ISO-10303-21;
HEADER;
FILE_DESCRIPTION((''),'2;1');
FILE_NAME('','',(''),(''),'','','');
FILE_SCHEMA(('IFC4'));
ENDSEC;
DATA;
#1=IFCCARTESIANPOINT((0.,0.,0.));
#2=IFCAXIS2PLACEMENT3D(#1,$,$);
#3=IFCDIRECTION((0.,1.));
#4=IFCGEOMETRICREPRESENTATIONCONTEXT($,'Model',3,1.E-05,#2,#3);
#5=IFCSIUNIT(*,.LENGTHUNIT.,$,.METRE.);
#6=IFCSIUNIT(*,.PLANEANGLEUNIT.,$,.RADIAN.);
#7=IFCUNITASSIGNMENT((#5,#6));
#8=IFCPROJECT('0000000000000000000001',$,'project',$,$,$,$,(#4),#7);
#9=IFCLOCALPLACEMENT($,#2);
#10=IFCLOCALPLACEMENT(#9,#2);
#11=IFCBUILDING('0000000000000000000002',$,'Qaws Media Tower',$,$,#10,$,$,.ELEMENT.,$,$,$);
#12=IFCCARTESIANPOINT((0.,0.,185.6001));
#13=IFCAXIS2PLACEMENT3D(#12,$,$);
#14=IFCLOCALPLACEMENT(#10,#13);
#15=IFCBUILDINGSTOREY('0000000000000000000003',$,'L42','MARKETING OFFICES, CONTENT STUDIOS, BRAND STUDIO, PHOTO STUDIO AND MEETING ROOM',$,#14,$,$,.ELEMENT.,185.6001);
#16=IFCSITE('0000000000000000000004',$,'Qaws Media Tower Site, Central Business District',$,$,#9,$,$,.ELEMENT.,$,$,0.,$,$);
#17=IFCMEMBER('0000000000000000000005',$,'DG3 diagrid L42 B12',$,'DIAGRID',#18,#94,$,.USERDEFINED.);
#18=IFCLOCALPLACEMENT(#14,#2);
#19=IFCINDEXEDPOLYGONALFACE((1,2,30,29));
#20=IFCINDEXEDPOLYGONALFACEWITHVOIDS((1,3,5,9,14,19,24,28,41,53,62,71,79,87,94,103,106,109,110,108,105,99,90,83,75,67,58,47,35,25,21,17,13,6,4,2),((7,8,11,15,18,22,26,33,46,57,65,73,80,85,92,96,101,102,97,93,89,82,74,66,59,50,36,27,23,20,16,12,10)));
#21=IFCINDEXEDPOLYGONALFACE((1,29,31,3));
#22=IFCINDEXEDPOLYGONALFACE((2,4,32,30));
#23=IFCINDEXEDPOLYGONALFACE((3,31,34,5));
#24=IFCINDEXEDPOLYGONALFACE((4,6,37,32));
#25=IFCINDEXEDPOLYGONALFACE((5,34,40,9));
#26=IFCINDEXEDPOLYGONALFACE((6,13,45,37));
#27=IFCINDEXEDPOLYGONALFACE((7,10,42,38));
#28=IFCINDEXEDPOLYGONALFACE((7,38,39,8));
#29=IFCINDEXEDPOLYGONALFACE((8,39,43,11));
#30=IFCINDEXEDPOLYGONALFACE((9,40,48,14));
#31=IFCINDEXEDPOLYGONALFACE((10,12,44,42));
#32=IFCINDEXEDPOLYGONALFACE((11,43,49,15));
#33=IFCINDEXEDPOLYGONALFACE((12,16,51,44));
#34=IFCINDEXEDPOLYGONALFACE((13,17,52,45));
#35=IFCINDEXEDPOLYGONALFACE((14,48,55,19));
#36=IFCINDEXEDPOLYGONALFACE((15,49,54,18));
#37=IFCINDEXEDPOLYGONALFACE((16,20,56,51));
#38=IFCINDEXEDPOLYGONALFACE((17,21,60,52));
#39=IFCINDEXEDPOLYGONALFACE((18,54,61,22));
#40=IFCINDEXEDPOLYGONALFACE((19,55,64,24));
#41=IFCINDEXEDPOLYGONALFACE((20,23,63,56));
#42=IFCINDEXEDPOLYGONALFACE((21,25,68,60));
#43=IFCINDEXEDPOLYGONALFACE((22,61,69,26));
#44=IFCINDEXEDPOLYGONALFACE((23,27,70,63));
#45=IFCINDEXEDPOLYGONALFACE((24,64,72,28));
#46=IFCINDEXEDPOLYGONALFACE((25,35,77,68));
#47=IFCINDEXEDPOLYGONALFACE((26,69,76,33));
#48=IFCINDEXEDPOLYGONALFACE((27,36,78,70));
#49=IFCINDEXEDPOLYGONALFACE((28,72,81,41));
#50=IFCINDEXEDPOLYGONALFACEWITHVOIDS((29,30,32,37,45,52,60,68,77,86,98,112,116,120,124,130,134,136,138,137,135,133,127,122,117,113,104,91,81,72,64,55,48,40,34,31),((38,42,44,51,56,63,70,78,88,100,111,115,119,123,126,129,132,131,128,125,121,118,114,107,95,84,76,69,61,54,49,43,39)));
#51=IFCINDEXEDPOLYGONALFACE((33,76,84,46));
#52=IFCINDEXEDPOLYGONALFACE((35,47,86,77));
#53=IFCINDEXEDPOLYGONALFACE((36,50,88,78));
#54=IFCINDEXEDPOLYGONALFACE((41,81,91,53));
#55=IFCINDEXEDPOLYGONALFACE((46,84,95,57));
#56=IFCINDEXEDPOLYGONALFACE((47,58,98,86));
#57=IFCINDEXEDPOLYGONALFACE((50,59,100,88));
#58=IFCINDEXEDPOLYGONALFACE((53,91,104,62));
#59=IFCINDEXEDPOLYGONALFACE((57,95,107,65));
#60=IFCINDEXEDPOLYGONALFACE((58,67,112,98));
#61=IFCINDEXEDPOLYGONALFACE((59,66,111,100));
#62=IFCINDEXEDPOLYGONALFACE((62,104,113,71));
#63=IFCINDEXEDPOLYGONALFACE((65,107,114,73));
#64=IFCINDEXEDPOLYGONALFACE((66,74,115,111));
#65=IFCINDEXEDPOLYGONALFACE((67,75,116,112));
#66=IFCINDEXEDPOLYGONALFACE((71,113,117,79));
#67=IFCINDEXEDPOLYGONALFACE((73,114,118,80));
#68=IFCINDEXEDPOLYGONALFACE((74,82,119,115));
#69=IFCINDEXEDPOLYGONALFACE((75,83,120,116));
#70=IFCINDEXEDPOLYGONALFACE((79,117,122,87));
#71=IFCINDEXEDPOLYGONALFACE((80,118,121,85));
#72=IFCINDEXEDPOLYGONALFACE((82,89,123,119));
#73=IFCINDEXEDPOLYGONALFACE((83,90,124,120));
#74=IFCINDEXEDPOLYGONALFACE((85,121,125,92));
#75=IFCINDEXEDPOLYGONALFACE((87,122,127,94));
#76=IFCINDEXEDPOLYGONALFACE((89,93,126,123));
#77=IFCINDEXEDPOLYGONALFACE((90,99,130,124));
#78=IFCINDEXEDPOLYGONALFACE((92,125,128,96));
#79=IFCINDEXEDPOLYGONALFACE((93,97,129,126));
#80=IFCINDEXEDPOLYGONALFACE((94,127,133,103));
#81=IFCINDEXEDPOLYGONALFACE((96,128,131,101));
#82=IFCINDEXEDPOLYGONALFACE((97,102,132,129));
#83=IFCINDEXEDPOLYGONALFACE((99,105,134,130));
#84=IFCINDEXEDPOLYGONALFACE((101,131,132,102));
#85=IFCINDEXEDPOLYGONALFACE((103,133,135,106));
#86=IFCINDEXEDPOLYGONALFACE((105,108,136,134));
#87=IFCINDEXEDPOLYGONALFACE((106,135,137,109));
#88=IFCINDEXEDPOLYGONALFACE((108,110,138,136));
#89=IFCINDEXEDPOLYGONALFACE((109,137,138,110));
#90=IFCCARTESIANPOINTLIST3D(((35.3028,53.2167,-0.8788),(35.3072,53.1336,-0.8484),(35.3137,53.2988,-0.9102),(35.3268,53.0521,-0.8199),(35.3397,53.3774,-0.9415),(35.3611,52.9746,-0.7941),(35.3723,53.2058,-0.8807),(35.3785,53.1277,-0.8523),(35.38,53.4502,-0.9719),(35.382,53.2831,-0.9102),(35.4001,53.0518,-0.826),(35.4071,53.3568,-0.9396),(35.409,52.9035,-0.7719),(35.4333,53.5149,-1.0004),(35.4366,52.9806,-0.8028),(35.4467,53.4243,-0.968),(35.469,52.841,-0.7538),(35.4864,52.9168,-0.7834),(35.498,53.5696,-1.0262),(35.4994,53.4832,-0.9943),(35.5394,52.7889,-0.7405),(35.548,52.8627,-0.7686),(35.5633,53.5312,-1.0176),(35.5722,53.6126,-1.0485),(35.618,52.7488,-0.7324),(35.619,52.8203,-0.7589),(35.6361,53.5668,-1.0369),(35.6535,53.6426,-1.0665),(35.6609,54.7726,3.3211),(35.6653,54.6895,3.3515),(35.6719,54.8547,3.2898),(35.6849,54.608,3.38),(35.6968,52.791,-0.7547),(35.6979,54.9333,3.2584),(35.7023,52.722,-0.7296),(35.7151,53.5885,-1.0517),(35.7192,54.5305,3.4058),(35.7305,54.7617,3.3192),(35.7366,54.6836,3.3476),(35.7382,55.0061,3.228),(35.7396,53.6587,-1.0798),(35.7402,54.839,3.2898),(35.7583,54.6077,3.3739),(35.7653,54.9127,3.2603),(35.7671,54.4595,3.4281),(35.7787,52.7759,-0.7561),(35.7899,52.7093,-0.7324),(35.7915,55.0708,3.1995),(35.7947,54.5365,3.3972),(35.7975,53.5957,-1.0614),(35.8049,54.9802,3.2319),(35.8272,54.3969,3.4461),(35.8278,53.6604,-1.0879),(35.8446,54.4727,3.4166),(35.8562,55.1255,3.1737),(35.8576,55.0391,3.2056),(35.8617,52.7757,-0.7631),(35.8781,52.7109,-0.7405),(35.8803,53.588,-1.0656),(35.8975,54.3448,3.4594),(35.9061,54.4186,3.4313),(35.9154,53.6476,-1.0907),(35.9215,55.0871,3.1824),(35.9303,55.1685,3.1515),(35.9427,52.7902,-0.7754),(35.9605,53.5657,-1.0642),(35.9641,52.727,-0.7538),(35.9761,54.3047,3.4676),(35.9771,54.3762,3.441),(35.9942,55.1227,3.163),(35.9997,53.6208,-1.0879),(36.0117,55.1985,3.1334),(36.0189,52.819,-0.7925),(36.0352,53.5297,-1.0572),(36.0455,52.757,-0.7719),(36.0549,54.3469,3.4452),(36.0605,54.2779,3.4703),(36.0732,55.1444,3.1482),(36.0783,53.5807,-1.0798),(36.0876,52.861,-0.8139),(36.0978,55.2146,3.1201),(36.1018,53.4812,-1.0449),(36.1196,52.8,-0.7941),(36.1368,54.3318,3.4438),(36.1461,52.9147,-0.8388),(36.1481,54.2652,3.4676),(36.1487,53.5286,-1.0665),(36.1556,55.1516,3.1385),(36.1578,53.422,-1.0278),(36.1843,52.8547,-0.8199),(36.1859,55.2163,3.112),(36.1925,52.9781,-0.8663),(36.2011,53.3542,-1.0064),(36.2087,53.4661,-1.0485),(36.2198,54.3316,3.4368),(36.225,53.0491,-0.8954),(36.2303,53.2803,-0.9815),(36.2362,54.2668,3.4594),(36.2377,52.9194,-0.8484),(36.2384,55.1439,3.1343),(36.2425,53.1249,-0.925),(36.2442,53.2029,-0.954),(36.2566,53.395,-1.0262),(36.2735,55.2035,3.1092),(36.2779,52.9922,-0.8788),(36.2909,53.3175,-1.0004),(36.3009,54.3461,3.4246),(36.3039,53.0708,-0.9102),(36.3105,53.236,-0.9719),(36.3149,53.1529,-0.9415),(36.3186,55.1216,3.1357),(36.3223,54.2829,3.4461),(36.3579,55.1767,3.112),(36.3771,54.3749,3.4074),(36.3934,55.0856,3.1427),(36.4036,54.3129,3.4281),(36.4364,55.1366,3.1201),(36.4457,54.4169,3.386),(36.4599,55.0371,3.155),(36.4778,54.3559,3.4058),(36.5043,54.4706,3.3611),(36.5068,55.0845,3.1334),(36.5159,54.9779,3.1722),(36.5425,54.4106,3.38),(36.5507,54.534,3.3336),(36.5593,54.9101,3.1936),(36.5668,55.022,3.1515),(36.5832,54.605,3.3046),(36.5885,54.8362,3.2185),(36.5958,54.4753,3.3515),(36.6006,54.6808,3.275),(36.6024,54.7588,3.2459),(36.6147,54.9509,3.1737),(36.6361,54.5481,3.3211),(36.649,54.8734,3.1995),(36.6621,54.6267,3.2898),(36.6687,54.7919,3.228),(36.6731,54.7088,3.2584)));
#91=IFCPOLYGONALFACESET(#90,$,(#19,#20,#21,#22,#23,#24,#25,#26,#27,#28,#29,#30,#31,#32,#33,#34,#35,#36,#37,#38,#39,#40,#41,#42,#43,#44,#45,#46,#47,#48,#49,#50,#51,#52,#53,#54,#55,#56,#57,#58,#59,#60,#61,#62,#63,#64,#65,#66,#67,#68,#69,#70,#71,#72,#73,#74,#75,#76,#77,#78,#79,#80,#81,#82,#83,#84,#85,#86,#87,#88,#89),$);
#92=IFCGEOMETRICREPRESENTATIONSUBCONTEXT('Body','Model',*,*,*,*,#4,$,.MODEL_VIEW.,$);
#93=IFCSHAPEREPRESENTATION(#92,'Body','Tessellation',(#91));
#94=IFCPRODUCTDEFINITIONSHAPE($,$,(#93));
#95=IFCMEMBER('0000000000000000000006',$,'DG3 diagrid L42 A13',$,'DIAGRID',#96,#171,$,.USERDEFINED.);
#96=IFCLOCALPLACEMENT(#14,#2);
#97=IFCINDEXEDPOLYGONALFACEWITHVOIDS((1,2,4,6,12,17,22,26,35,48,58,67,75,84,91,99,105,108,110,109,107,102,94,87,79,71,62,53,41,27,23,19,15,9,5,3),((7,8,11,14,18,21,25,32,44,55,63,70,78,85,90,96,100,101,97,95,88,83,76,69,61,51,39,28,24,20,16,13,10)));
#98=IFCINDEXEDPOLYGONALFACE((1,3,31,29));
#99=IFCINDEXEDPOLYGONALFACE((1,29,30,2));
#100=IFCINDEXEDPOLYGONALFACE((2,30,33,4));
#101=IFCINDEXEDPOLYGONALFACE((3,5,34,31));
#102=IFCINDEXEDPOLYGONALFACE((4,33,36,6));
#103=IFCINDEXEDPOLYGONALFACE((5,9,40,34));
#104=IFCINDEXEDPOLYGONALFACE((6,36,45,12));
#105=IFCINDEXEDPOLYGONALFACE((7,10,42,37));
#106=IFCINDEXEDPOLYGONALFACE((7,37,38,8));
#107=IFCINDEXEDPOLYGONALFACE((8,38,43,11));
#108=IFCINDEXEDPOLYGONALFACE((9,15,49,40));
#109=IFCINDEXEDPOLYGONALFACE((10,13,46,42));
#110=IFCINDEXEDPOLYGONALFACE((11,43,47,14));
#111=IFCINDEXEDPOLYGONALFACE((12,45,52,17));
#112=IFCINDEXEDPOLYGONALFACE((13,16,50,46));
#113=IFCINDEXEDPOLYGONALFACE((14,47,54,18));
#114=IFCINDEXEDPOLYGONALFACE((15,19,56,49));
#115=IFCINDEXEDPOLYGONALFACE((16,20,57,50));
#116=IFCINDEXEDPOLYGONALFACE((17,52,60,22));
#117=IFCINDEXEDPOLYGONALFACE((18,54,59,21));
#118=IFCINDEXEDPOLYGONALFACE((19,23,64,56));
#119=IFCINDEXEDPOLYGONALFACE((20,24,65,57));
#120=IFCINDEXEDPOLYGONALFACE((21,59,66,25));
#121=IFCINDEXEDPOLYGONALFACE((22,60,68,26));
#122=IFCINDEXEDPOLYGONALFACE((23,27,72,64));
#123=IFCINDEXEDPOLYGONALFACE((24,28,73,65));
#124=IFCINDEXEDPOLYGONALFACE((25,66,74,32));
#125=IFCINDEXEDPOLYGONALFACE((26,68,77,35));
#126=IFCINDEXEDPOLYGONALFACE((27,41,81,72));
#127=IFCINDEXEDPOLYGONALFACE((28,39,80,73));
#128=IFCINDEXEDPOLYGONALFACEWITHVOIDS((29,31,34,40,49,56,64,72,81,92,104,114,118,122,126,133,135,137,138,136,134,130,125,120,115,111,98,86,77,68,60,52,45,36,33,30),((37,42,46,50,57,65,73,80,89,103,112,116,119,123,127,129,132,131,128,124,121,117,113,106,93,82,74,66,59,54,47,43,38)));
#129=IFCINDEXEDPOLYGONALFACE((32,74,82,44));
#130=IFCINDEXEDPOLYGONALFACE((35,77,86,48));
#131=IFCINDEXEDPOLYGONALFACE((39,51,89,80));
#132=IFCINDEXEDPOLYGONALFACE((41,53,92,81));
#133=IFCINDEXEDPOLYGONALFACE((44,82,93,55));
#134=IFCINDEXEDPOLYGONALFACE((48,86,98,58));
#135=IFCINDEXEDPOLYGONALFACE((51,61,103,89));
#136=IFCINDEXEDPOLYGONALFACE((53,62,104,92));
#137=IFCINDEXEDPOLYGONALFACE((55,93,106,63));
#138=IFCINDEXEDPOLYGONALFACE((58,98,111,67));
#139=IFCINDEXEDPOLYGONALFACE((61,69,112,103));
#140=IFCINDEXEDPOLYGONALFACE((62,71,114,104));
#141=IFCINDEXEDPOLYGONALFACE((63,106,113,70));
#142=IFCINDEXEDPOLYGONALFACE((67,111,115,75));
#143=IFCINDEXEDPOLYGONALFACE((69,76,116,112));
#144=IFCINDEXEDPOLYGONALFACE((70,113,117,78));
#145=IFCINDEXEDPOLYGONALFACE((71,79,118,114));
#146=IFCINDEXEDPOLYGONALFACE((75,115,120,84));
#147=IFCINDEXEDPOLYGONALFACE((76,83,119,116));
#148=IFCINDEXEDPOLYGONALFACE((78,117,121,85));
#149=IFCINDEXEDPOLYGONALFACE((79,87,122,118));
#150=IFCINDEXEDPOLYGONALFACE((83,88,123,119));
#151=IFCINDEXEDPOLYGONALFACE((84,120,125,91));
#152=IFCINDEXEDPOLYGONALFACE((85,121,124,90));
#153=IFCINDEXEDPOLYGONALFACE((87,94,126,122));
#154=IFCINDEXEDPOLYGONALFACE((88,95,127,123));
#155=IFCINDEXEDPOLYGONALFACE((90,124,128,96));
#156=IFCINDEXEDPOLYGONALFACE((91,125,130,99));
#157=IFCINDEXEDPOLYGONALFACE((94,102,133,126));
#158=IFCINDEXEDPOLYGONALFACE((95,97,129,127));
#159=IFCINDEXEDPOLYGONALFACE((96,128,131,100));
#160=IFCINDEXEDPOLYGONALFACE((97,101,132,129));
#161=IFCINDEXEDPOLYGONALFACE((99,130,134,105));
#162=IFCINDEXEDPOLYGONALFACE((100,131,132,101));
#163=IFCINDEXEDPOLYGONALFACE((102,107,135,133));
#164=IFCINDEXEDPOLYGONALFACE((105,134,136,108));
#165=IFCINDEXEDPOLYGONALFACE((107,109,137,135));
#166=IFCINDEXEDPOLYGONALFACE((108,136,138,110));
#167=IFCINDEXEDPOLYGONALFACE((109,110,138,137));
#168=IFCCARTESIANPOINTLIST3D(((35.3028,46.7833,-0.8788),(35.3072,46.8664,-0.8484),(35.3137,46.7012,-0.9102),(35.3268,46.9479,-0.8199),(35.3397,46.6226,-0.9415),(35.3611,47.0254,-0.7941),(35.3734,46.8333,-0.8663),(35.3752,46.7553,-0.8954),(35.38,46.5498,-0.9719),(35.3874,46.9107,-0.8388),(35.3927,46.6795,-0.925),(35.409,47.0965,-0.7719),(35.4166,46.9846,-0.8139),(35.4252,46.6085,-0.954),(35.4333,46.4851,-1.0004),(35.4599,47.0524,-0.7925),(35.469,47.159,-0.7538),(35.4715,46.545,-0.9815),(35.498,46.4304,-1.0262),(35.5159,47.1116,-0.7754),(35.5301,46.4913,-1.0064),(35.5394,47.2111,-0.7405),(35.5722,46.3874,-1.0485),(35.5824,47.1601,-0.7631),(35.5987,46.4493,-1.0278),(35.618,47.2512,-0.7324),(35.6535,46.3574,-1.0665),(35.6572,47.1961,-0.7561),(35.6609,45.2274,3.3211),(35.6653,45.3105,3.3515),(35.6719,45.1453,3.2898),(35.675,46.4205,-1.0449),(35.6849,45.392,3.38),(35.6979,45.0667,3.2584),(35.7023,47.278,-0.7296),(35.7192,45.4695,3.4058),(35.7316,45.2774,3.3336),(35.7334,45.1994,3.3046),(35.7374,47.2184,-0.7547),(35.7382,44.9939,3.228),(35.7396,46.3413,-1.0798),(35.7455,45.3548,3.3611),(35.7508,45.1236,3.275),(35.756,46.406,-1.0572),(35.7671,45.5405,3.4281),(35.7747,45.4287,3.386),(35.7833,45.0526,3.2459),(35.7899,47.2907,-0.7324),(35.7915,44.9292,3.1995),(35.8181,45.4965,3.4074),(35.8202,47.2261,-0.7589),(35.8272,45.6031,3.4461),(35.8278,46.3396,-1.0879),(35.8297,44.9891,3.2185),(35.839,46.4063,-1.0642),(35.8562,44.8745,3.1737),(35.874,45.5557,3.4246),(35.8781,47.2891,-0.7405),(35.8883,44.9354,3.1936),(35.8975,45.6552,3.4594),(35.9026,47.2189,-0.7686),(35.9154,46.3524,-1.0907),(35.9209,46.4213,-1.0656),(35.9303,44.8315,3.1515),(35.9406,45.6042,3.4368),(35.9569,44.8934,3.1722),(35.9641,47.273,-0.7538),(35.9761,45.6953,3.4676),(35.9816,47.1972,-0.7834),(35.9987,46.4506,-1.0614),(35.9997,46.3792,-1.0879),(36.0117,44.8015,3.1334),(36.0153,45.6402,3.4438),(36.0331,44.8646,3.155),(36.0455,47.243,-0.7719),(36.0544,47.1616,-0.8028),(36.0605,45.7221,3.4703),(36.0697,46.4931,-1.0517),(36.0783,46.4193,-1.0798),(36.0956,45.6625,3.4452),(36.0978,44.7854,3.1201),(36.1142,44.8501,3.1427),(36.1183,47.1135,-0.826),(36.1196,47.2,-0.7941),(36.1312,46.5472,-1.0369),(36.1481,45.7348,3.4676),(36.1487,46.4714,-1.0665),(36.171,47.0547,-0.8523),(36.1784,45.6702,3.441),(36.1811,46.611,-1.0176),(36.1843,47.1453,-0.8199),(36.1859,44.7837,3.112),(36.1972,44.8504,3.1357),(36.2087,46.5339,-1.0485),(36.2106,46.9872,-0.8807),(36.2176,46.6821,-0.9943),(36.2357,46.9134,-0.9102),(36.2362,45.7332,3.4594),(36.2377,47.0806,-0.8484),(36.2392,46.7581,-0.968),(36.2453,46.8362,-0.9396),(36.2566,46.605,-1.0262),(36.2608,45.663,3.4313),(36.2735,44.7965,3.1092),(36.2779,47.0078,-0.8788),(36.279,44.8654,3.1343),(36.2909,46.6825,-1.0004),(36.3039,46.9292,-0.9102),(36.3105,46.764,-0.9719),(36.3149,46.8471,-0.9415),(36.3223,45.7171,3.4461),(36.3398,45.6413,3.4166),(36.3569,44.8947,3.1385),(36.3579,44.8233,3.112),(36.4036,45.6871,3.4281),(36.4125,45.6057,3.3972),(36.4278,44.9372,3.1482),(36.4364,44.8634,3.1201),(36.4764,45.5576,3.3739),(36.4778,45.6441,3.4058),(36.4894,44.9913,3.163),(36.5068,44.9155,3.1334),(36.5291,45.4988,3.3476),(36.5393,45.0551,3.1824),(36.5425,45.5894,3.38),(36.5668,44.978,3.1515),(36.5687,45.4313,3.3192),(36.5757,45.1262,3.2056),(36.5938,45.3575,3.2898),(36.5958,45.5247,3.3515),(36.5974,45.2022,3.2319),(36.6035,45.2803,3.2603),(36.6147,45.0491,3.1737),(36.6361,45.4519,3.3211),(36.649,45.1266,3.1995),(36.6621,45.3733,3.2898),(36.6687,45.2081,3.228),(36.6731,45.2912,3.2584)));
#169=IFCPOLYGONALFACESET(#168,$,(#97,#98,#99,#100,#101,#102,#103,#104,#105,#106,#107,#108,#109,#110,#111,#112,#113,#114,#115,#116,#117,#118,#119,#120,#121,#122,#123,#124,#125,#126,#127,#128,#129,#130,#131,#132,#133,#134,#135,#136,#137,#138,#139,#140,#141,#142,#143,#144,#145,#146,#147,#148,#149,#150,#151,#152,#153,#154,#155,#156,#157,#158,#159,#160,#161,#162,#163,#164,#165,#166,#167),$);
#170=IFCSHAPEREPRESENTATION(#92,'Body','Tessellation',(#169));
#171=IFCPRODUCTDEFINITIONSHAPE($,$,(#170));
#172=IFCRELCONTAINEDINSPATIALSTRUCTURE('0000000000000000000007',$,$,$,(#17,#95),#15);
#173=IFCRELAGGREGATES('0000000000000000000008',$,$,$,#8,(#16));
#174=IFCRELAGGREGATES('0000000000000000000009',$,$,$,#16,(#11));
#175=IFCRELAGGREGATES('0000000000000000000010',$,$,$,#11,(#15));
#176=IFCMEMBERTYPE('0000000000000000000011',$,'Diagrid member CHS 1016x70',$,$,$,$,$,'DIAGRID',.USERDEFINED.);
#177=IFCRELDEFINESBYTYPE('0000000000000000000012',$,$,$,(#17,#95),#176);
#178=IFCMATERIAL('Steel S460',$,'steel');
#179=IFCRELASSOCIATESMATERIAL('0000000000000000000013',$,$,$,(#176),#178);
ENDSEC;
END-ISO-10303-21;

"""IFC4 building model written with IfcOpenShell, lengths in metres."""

from ifc_helpers import new_model, si_unit, direction, frame, origin, origin_2d, place, context, subcontext, project, spatial, hollow_circle, extrude, material, material_profile, profile_set, type_object, element, save


model = new_model("IFC4")

# Units and contexts
model_context = context("Model", 3, precision=1e-05, world=origin(), true_north=direction((0.0, 1.0)))
body_context = subcontext(model_context, "Body", "Model", "MODEL_VIEW")
ifc_project = project(units=[si_unit("LENGTHUNIT", "METRE"), si_unit("PLANEANGLEUNIT", "RADIAN")], contexts=[model_context])

# Site, building, storey
site_placement = place(None, origin())
site = spatial("IfcSite", under=ifc_project, at=site_placement, Name="Qaws Media Tower Site, Central Business District", CompositionType="ELEMENT", RefElevation=0.0)
building_placement = place(site_placement, origin())
building = spatial("IfcBuilding", under=site, at=building_placement, Name="Qaws Media Tower", CompositionType="ELEMENT")
storey_placement = place(building_placement, frame((0.0, 0.0, 185.6001)))
storey = spatial("IfcBuildingStorey", under=building, at=storey_placement, Name="L42", Description="MARKETING OFFICES, CONTENT STUDIOS, BRAND STUDIO, PHOTO STUDIO AND MEETING ROOM", CompositionType="ELEMENT", Elevation=185.6001)

# Members
ifc_material_1 = material(Name="Steel S460", Category="steel")
ifc_material_profile_1 = material_profile(ifc_material_1, hollow_circle(Radius=0.5081, WallThickness=0.0701, at=origin_2d()), Name="CHS 1016x70")
ifc_profile_set_1 = profile_set([ifc_material_profile_1], Name="Steel S460")
member_type_1 = type_object("IfcMemberType", Name="Diagrid member CHS 1016x70", ElementType="DIAGRID", PredefinedType="USERDEFINED", material=ifc_profile_set_1)
for number, where, z_axis, x_axis, name in (
    (1, (35.8088, 53.1848, -0.9102), (0.079711, 0.346282, 0.934738), (-0.974515, 0.224323, 0.0), "DG3 diagrid L42 B12"),
    (2, (35.8088, 46.8152, -0.9102), (0.079711, -0.346282, 0.934738), (0.974515, 0.224323, 0.0), "DG3 diagrid L42 A13"),
):
    element("IfcMember", number, at=place(storey_placement, frame(where, z_axis=z_axis, x_axis=x_axis)), inside=storey, type_object=member_type_1, Name=name, ObjectType="DIAGRID", PredefinedType="USERDEFINED", context=body_context, shape_type="SweptSolid", body=[
        extrude(hollow_circle(Radius=0.5081, WallThickness=0.0701, at=origin_2d()), origin(), (0.0, 0.0, 1.0), 4.4932),
    ])

save(model, "model.ifc")
